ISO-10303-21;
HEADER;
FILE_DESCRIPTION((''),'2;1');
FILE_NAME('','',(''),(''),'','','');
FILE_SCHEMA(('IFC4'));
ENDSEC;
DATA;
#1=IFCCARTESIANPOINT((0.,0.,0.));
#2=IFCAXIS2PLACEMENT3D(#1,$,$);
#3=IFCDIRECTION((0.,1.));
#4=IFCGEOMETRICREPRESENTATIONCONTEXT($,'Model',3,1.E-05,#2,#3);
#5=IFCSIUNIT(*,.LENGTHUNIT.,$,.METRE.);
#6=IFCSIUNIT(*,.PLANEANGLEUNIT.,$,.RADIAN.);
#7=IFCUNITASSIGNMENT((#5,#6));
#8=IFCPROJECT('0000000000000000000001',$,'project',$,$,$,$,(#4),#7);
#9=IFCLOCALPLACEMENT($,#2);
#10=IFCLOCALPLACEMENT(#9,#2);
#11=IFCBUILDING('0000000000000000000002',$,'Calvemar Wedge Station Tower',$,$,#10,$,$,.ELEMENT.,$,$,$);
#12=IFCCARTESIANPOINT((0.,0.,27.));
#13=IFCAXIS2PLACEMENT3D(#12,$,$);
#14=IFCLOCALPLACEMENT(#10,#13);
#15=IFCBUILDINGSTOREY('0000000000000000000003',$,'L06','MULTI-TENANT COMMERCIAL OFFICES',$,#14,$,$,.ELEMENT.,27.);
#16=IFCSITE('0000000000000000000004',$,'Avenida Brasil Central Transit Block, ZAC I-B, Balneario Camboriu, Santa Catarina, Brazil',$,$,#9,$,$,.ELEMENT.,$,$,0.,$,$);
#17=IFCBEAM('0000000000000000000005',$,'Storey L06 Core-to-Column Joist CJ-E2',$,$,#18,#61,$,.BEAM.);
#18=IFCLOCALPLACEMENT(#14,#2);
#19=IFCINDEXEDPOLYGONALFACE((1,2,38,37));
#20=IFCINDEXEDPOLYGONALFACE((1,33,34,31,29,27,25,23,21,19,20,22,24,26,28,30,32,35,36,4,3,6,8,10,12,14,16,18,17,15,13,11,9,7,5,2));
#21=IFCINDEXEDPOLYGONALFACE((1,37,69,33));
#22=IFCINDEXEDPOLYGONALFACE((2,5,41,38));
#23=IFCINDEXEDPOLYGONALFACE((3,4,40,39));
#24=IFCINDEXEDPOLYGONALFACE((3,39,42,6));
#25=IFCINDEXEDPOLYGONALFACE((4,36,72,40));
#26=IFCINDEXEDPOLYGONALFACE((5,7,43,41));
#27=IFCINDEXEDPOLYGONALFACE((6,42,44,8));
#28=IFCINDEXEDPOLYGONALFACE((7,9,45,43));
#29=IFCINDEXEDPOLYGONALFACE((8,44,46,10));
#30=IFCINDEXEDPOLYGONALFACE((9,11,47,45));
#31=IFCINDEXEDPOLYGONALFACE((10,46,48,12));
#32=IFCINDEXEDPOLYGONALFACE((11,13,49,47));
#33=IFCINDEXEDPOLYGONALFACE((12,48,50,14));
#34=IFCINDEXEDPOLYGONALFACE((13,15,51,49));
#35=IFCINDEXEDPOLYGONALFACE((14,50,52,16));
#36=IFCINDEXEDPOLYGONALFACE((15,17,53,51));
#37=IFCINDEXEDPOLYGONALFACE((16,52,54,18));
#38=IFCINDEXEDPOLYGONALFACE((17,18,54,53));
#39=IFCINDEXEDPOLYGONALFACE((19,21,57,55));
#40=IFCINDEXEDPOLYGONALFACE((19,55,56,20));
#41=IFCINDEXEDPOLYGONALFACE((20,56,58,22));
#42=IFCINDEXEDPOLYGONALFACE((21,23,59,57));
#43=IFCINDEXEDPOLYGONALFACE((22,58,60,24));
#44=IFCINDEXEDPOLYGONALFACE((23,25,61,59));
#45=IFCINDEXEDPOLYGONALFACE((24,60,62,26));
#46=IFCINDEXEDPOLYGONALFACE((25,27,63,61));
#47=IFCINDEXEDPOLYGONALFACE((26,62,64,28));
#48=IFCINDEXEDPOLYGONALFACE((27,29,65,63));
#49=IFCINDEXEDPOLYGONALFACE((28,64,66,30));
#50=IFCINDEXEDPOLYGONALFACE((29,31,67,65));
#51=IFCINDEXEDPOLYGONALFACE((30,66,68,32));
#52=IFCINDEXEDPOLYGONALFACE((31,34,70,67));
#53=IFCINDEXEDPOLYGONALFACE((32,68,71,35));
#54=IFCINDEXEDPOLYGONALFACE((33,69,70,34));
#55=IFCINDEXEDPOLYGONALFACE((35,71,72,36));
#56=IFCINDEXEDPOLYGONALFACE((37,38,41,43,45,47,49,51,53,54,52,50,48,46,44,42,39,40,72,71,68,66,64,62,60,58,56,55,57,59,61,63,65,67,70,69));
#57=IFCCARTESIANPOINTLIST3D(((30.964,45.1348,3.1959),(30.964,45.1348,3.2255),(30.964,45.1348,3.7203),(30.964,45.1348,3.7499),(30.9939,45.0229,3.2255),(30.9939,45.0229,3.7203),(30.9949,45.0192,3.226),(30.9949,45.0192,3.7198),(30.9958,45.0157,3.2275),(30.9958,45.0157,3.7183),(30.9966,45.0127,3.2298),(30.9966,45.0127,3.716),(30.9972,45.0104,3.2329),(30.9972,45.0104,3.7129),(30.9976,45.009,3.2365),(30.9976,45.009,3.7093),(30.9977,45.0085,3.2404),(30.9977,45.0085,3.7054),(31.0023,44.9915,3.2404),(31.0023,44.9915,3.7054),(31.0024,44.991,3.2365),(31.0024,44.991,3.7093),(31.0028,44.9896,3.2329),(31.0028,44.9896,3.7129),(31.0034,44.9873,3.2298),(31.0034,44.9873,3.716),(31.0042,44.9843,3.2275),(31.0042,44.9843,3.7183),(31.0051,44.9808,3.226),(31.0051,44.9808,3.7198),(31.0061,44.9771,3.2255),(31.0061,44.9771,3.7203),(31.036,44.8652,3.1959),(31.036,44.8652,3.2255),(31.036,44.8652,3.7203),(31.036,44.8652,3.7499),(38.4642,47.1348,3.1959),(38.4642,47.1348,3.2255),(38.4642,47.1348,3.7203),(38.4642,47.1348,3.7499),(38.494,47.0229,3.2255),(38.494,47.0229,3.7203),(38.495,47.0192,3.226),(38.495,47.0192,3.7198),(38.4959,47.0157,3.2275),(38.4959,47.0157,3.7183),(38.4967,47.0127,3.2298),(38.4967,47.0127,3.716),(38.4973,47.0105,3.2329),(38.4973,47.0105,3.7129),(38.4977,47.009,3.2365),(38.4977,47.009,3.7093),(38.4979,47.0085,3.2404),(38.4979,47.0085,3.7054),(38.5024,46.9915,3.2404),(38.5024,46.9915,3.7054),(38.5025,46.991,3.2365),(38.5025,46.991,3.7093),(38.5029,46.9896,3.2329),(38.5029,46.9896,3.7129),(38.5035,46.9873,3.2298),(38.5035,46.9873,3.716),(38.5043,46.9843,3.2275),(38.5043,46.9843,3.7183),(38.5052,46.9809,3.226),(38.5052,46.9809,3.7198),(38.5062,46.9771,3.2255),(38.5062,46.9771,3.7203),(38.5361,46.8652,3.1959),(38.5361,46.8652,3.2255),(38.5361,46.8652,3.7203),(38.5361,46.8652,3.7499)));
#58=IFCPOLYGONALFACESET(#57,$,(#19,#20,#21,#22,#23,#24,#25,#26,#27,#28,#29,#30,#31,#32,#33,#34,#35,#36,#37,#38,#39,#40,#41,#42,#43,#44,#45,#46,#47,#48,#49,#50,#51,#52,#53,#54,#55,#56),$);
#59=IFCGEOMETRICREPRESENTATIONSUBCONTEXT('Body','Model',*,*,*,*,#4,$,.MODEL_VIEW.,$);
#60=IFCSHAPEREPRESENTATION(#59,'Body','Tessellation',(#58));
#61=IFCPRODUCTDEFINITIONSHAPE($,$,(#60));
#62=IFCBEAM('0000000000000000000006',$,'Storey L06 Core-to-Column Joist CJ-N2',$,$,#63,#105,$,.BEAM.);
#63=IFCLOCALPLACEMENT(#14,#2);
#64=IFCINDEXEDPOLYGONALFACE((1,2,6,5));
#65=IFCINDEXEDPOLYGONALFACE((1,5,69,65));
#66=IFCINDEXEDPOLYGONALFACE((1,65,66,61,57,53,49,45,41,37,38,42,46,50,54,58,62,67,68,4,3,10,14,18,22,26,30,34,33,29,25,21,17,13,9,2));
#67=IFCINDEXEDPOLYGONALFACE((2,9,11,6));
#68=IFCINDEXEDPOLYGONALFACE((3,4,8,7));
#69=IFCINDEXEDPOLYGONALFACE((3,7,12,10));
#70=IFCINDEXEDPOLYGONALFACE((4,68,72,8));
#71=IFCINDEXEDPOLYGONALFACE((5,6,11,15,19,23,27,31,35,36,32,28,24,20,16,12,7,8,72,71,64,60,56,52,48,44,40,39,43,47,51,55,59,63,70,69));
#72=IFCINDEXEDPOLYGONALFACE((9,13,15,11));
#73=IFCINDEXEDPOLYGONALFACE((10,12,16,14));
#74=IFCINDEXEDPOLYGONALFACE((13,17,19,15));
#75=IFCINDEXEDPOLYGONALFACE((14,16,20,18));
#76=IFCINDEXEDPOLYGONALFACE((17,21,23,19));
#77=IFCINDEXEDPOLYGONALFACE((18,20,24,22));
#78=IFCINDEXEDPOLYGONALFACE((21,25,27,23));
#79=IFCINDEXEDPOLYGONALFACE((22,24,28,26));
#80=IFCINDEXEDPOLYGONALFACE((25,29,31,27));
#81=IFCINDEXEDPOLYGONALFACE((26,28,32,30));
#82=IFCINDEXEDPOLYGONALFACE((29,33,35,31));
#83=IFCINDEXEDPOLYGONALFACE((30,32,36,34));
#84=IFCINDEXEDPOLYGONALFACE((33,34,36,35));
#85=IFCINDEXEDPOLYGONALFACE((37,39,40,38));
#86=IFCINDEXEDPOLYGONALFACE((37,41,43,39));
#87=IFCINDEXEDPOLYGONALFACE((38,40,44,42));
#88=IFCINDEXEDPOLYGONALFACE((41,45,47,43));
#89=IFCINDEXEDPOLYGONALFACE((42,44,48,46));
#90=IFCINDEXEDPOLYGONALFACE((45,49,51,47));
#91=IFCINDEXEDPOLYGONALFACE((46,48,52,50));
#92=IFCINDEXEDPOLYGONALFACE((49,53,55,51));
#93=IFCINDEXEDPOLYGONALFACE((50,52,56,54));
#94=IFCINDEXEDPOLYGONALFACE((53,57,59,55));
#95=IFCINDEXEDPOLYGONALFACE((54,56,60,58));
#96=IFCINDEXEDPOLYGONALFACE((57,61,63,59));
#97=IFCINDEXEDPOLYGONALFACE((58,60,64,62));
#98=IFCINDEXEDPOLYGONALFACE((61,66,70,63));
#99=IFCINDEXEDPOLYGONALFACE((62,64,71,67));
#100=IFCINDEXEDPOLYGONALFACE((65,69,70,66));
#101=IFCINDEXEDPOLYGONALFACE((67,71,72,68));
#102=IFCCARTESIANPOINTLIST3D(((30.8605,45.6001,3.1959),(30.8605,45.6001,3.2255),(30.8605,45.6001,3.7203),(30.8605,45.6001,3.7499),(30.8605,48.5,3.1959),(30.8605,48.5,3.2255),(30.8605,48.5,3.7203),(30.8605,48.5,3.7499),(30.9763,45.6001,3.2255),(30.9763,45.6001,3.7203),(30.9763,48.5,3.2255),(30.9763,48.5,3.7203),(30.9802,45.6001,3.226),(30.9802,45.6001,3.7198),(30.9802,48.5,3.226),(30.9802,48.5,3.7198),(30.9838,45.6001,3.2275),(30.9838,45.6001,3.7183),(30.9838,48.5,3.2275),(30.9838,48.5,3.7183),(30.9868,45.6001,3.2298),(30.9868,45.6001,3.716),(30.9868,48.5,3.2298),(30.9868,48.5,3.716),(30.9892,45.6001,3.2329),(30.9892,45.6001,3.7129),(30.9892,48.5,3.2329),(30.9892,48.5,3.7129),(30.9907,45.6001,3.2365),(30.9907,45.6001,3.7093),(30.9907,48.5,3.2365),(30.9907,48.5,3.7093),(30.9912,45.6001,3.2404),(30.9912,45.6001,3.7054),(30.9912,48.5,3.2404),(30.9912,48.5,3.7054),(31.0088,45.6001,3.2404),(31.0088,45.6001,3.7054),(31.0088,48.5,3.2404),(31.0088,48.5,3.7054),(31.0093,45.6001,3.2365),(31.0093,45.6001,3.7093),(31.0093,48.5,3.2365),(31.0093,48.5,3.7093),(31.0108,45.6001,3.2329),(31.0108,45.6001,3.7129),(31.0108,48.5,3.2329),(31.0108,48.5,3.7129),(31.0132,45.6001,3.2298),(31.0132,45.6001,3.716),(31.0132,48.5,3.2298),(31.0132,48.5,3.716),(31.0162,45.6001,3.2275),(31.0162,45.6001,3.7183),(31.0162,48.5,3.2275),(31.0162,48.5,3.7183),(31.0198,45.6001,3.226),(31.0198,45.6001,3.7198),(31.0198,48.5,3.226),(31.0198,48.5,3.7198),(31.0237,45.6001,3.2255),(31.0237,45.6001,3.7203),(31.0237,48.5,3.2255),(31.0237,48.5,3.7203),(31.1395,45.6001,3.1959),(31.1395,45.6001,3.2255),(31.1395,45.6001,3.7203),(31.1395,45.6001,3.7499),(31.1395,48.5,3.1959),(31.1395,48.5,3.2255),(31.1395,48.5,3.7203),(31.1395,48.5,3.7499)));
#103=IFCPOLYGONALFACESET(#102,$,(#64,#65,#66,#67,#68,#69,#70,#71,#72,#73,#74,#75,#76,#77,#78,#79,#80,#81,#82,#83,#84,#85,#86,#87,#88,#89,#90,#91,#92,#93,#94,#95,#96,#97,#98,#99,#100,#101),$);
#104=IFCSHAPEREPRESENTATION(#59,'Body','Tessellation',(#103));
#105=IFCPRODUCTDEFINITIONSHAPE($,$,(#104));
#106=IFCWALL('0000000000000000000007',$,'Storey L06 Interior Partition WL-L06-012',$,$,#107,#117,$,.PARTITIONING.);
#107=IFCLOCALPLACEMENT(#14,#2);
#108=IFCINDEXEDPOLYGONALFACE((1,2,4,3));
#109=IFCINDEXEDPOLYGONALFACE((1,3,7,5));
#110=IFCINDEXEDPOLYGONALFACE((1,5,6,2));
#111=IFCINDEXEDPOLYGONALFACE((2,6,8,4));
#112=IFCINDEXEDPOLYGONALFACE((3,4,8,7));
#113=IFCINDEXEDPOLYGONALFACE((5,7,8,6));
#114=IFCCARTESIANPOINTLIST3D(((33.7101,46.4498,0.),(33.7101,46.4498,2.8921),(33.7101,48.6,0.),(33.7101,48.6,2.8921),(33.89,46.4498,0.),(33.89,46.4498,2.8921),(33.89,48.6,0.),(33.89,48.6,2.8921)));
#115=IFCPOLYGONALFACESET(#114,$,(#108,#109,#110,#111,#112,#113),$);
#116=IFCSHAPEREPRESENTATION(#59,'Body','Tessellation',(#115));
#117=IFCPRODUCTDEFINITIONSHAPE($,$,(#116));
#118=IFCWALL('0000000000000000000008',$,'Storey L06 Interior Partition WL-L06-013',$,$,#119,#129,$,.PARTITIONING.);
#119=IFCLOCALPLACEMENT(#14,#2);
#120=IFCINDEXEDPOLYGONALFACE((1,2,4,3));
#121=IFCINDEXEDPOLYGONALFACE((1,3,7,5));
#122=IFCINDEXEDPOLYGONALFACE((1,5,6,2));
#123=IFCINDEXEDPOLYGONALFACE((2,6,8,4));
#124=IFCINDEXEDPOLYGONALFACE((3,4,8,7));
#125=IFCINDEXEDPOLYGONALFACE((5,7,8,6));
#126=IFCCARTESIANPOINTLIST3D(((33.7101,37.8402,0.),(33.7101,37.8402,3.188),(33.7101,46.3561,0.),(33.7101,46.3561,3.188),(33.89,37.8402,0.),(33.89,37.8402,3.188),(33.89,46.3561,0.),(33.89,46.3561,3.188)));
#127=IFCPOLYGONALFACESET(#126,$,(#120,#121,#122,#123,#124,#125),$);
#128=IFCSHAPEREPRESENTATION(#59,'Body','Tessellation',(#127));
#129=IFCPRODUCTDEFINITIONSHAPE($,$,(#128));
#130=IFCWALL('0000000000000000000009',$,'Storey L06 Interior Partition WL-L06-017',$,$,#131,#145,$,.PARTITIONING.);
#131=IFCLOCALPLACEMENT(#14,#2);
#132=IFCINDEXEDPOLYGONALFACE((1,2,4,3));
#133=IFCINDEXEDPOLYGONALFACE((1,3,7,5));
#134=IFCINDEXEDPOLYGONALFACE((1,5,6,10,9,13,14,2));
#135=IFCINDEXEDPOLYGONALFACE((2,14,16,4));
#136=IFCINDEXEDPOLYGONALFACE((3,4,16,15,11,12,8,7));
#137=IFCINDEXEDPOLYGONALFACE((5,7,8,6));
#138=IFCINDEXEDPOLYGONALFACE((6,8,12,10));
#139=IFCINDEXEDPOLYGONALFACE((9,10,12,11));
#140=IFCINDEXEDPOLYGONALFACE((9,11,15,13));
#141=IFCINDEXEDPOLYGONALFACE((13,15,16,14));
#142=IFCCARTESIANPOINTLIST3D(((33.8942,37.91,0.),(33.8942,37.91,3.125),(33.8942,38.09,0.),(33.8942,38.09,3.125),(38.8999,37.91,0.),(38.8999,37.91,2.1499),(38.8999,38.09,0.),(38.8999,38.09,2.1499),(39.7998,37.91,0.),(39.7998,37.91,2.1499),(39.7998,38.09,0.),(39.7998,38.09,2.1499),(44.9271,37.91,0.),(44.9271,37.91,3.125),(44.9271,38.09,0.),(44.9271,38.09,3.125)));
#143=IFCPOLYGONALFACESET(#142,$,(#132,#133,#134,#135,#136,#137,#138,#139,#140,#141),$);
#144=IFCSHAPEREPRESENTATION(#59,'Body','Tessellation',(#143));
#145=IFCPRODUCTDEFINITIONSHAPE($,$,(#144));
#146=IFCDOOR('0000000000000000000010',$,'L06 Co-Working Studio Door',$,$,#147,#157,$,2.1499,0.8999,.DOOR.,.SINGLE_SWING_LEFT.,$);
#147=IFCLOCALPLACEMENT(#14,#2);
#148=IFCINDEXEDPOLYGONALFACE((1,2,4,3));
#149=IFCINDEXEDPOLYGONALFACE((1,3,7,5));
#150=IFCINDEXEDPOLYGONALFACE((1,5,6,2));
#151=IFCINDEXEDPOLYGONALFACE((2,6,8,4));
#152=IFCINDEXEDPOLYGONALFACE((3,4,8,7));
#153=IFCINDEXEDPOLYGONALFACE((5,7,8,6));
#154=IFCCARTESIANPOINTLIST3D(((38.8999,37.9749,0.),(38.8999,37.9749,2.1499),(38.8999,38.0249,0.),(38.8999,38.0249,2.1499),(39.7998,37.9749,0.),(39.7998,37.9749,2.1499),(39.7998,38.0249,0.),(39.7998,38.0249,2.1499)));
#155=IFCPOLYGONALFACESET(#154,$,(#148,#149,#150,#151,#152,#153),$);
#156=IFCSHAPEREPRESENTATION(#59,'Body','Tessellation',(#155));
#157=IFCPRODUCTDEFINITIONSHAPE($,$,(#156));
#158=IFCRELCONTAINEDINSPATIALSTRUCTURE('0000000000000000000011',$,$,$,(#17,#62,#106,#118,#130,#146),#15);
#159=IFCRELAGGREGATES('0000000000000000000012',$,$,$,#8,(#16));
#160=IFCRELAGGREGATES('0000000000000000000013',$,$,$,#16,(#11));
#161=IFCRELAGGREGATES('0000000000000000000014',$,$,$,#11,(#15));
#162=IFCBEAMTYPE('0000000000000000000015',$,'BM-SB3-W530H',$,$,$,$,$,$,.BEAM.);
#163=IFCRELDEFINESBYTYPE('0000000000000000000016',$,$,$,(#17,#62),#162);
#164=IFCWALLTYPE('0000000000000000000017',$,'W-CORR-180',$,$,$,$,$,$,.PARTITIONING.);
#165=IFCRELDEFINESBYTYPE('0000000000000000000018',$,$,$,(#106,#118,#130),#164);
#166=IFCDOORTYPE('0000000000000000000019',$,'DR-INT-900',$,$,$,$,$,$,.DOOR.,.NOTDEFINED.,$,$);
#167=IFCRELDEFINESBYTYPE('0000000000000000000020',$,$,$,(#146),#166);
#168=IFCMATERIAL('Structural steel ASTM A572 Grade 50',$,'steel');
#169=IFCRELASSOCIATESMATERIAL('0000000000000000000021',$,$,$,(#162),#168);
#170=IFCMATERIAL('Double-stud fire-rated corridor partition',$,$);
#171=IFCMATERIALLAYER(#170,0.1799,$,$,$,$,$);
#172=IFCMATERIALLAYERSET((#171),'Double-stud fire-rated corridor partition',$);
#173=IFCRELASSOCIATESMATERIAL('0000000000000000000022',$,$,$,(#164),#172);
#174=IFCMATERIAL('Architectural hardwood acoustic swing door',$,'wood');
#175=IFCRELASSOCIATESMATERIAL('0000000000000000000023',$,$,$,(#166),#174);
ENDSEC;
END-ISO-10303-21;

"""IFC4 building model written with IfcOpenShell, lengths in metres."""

from ifc_helpers import new_model, si_unit, direction, frame, frame_2d, origin, origin_2d, place, context, subcontext, project, spatial, rectangle, i_section, extrude, source, transform, mapped, material, layer, layer_set, material_profile, profile_set, type_object, element, fill, save


model = new_model("IFC4")

# Units and contexts
model_context = context("Model", 3, precision=1e-05, world=origin(), true_north=direction((0.0, 1.0)))
body_context = subcontext(model_context, "Body", "Model", "MODEL_VIEW")
ifc_project = project(units=[si_unit("LENGTHUNIT", "METRE"), si_unit("PLANEANGLEUNIT", "RADIAN")], contexts=[model_context])

# Site, building, storey
site_placement = place(None, origin())
site = spatial("IfcSite", under=ifc_project, at=site_placement, Name="Avenida Brasil Central Transit Block, ZAC I-B, Balneario Camboriu, Santa Catarina, Brazil", CompositionType="ELEMENT", RefElevation=0.0)
building_placement = place(site_placement, origin())
building = spatial("IfcBuilding", under=site, at=building_placement, Name="Calvemar Wedge Station Tower", CompositionType="ELEMENT")
storey_placement = place(building_placement, frame((0.0, 0.0, 27.0)))
storey = spatial("IfcBuildingStorey", under=building, at=storey_placement, Name="L06", Description="MULTI-TENANT COMMERCIAL OFFICES", CompositionType="ELEMENT", Elevation=27.0)

# Beams
ifc_material_1 = material(Name="Structural steel ASTM A572 Grade 50", Category="steel")
ifc_material_profile_1 = material_profile(ifc_material_1, i_section(OverallWidth=0.2791, OverallDepth=0.554, WebThickness=0.0176, FlangeThickness=0.0295, FilletRadius=0.0149, at=origin_2d()), Name="W530x196")
ifc_profile_set_1 = profile_set([ifc_material_profile_1], Name="Structural steel ASTM A572 Grade 50")
beam_type_1 = type_object("IfcBeamType", Name="BM-SB3-W530H", PredefinedType="BEAM", material=ifc_profile_set_1)
shared_shape_1 = source(origin(), body_context, "Body", "SweptSolid", [
    extrude(i_section(OverallWidth=0.2791, OverallDepth=0.554, WebThickness=0.0176, FlangeThickness=0.0295, FilletRadius=0.0149, at=origin_2d()), origin(), (0.0, 0.0, 1.0), 7.7622),
])
beam_1_placement = place(storey_placement, frame((31.0, 45.0, 3.4729), z_axis=(0.966235, 0.257663, 0.0), x_axis=(-0.257663, 0.966235, 0.0)))
element("IfcBeam", 1, at=beam_1_placement, inside=storey, type_object=beam_type_1, Name="Storey L06 Core-to-Column Joist CJ-E2", PredefinedType="BEAM", context=body_context, shape_type="MappedRepresentation", body=[
    mapped(shared_shape_1, transform((0.0, 0.0, 0.0), scale=1.0)),
])
shared_shape_2 = source(origin(), body_context, "Body", "SweptSolid", [
    extrude(i_section(OverallWidth=0.2791, OverallDepth=0.554, WebThickness=0.0176, FlangeThickness=0.0295, FilletRadius=0.0149, at=origin_2d()), origin(), (0.0, 0.0, 1.0), 2.8999),
])
beam_2_placement = place(storey_placement, frame((31.0, 45.6001, 3.4729), z_axis=(0.0, 1.0, 0.0), x_axis=(-1.0, 0.0, 0.0)))
element("IfcBeam", 2, at=beam_2_placement, inside=storey, type_object=beam_type_1, Name="Storey L06 Core-to-Column Joist CJ-N2", PredefinedType="BEAM", context=body_context, shape_type="MappedRepresentation", body=[
    mapped(shared_shape_2, transform((0.0, 0.0, 0.0), scale=1.0)),
])

# Walls
ifc_material_2 = material(Name="Double-stud fire-rated corridor partition")
ifc_layer_1 = layer(ifc_material_2, 0.1799)
ifc_layer_set_1 = layer_set([ifc_layer_1], Name="Double-stud fire-rated corridor partition")
wall_type_1 = type_object("IfcWallType", Name="W-CORR-180", PredefinedType="PARTITIONING", material=ifc_layer_set_1)
wall_1_placement = place(storey_placement, frame((33.8, 48.6001, 0.0), z_axis=(0.0, 0.0, 1.0), x_axis=(0.0, -1.0, 0.0)))
element("IfcWall", 3, at=wall_1_placement, inside=storey, type_object=wall_type_1, Name="Storey L06 Interior Partition WL-L06-012", PredefinedType="PARTITIONING", context=body_context, shape_type="SweptSolid", body=[
    extrude(rectangle(XDim=2.1501, YDim=0.1799, at=frame_2d((1.0752, 0.0))), origin(), (0.0, 0.0, 1.0), 2.8921),
])
wall_2_placement = place(storey_placement, frame((33.8, 46.356, 0.0), z_axis=(0.0, 0.0, 1.0), x_axis=(0.0, -1.0, 0.0)))
element("IfcWall", 4, at=wall_2_placement, inside=storey, type_object=wall_type_1, Name="Storey L06 Interior Partition WL-L06-013", PredefinedType="PARTITIONING", context=body_context, shape_type="SweptSolid", body=[
    extrude(rectangle(XDim=8.5159, YDim=0.1799, at=frame_2d((4.2578, 0.0))), origin(), (0.0, 0.0, 1.0), 3.188),
])

# Wall, opening, door
wall_3_placement = place(storey_placement, frame((33.894, 38.0, 0.0), z_axis=(0.0, 0.0, 1.0), x_axis=(1.0, 0.0, 0.0)))
wall_3 = element("IfcWall", 5, at=wall_3_placement, inside=storey, type_object=wall_type_1, Name="Storey L06 Interior Partition WL-L06-017", PredefinedType="PARTITIONING", context=body_context, shape_type="SweptSolid", body=[
    extrude(rectangle(XDim=11.033, YDim=0.1799, at=frame_2d((5.5166, 0.0))), origin(), (0.0, 0.0, 1.0), 3.125),
])
shared_shape_3 = source(origin(), body_context, "Body", "SweptSolid", [
    extrude(rectangle(XDim=0.8999, YDim=2.1499, at=frame_2d((0.45, 1.075))), frame((0.0, 0.1001, 0.0), z_axis=(0.0, -1.0, 0.0), x_axis=(1.0, 0.0, 0.0)), (0.0, 0.0, 1.0), 0.2),
])
opening_1_placement = place(wall_3_placement, frame((5.0059, 0.0, 0.0)))
opening_1 = element("IfcOpeningElement", 6, at=opening_1_placement, cuts=wall_3, PredefinedType="OPENING", context=body_context, shape_type="MappedRepresentation", body=[
    mapped(shared_shape_3, transform((0.0, 0.0, 0.0), scale=1.0)),
])
ifc_material_3 = material(Name="Architectural hardwood acoustic swing door", Category="wood")
door_type_1 = type_object("IfcDoorType", Name="DR-INT-900", OperationType="NOTDEFINED", PredefinedType="DOOR", material=ifc_material_3)
shared_shape_4 = source(origin(), body_context, "Body", "SweptSolid", [
    extrude(rectangle(XDim=0.8999, YDim=2.1499, at=frame_2d((0.45, 1.075))), frame((0.0, 0.0249, 0.0), z_axis=(0.0, -1.0, 0.0), x_axis=(1.0, 0.0, 0.0)), (0.0, 0.0, 1.0), 0.05),
])
door_1_placement = place(opening_1_placement, origin())
door_1 = element("IfcDoor", 7, at=door_1_placement, inside=storey, type_object=door_type_1, Name="L06 Co-Working Studio Door", OperationType="SINGLE_SWING_LEFT", OverallHeight=2.1499, OverallWidth=0.8999, PredefinedType="DOOR", context=body_context, shape_type="MappedRepresentation", body=[
    mapped(shared_shape_4, transform((0.0, 0.0, 0.0), scale=1.0)),
])
fill(opening_1, door_1)

save(model, "model.ifc")
